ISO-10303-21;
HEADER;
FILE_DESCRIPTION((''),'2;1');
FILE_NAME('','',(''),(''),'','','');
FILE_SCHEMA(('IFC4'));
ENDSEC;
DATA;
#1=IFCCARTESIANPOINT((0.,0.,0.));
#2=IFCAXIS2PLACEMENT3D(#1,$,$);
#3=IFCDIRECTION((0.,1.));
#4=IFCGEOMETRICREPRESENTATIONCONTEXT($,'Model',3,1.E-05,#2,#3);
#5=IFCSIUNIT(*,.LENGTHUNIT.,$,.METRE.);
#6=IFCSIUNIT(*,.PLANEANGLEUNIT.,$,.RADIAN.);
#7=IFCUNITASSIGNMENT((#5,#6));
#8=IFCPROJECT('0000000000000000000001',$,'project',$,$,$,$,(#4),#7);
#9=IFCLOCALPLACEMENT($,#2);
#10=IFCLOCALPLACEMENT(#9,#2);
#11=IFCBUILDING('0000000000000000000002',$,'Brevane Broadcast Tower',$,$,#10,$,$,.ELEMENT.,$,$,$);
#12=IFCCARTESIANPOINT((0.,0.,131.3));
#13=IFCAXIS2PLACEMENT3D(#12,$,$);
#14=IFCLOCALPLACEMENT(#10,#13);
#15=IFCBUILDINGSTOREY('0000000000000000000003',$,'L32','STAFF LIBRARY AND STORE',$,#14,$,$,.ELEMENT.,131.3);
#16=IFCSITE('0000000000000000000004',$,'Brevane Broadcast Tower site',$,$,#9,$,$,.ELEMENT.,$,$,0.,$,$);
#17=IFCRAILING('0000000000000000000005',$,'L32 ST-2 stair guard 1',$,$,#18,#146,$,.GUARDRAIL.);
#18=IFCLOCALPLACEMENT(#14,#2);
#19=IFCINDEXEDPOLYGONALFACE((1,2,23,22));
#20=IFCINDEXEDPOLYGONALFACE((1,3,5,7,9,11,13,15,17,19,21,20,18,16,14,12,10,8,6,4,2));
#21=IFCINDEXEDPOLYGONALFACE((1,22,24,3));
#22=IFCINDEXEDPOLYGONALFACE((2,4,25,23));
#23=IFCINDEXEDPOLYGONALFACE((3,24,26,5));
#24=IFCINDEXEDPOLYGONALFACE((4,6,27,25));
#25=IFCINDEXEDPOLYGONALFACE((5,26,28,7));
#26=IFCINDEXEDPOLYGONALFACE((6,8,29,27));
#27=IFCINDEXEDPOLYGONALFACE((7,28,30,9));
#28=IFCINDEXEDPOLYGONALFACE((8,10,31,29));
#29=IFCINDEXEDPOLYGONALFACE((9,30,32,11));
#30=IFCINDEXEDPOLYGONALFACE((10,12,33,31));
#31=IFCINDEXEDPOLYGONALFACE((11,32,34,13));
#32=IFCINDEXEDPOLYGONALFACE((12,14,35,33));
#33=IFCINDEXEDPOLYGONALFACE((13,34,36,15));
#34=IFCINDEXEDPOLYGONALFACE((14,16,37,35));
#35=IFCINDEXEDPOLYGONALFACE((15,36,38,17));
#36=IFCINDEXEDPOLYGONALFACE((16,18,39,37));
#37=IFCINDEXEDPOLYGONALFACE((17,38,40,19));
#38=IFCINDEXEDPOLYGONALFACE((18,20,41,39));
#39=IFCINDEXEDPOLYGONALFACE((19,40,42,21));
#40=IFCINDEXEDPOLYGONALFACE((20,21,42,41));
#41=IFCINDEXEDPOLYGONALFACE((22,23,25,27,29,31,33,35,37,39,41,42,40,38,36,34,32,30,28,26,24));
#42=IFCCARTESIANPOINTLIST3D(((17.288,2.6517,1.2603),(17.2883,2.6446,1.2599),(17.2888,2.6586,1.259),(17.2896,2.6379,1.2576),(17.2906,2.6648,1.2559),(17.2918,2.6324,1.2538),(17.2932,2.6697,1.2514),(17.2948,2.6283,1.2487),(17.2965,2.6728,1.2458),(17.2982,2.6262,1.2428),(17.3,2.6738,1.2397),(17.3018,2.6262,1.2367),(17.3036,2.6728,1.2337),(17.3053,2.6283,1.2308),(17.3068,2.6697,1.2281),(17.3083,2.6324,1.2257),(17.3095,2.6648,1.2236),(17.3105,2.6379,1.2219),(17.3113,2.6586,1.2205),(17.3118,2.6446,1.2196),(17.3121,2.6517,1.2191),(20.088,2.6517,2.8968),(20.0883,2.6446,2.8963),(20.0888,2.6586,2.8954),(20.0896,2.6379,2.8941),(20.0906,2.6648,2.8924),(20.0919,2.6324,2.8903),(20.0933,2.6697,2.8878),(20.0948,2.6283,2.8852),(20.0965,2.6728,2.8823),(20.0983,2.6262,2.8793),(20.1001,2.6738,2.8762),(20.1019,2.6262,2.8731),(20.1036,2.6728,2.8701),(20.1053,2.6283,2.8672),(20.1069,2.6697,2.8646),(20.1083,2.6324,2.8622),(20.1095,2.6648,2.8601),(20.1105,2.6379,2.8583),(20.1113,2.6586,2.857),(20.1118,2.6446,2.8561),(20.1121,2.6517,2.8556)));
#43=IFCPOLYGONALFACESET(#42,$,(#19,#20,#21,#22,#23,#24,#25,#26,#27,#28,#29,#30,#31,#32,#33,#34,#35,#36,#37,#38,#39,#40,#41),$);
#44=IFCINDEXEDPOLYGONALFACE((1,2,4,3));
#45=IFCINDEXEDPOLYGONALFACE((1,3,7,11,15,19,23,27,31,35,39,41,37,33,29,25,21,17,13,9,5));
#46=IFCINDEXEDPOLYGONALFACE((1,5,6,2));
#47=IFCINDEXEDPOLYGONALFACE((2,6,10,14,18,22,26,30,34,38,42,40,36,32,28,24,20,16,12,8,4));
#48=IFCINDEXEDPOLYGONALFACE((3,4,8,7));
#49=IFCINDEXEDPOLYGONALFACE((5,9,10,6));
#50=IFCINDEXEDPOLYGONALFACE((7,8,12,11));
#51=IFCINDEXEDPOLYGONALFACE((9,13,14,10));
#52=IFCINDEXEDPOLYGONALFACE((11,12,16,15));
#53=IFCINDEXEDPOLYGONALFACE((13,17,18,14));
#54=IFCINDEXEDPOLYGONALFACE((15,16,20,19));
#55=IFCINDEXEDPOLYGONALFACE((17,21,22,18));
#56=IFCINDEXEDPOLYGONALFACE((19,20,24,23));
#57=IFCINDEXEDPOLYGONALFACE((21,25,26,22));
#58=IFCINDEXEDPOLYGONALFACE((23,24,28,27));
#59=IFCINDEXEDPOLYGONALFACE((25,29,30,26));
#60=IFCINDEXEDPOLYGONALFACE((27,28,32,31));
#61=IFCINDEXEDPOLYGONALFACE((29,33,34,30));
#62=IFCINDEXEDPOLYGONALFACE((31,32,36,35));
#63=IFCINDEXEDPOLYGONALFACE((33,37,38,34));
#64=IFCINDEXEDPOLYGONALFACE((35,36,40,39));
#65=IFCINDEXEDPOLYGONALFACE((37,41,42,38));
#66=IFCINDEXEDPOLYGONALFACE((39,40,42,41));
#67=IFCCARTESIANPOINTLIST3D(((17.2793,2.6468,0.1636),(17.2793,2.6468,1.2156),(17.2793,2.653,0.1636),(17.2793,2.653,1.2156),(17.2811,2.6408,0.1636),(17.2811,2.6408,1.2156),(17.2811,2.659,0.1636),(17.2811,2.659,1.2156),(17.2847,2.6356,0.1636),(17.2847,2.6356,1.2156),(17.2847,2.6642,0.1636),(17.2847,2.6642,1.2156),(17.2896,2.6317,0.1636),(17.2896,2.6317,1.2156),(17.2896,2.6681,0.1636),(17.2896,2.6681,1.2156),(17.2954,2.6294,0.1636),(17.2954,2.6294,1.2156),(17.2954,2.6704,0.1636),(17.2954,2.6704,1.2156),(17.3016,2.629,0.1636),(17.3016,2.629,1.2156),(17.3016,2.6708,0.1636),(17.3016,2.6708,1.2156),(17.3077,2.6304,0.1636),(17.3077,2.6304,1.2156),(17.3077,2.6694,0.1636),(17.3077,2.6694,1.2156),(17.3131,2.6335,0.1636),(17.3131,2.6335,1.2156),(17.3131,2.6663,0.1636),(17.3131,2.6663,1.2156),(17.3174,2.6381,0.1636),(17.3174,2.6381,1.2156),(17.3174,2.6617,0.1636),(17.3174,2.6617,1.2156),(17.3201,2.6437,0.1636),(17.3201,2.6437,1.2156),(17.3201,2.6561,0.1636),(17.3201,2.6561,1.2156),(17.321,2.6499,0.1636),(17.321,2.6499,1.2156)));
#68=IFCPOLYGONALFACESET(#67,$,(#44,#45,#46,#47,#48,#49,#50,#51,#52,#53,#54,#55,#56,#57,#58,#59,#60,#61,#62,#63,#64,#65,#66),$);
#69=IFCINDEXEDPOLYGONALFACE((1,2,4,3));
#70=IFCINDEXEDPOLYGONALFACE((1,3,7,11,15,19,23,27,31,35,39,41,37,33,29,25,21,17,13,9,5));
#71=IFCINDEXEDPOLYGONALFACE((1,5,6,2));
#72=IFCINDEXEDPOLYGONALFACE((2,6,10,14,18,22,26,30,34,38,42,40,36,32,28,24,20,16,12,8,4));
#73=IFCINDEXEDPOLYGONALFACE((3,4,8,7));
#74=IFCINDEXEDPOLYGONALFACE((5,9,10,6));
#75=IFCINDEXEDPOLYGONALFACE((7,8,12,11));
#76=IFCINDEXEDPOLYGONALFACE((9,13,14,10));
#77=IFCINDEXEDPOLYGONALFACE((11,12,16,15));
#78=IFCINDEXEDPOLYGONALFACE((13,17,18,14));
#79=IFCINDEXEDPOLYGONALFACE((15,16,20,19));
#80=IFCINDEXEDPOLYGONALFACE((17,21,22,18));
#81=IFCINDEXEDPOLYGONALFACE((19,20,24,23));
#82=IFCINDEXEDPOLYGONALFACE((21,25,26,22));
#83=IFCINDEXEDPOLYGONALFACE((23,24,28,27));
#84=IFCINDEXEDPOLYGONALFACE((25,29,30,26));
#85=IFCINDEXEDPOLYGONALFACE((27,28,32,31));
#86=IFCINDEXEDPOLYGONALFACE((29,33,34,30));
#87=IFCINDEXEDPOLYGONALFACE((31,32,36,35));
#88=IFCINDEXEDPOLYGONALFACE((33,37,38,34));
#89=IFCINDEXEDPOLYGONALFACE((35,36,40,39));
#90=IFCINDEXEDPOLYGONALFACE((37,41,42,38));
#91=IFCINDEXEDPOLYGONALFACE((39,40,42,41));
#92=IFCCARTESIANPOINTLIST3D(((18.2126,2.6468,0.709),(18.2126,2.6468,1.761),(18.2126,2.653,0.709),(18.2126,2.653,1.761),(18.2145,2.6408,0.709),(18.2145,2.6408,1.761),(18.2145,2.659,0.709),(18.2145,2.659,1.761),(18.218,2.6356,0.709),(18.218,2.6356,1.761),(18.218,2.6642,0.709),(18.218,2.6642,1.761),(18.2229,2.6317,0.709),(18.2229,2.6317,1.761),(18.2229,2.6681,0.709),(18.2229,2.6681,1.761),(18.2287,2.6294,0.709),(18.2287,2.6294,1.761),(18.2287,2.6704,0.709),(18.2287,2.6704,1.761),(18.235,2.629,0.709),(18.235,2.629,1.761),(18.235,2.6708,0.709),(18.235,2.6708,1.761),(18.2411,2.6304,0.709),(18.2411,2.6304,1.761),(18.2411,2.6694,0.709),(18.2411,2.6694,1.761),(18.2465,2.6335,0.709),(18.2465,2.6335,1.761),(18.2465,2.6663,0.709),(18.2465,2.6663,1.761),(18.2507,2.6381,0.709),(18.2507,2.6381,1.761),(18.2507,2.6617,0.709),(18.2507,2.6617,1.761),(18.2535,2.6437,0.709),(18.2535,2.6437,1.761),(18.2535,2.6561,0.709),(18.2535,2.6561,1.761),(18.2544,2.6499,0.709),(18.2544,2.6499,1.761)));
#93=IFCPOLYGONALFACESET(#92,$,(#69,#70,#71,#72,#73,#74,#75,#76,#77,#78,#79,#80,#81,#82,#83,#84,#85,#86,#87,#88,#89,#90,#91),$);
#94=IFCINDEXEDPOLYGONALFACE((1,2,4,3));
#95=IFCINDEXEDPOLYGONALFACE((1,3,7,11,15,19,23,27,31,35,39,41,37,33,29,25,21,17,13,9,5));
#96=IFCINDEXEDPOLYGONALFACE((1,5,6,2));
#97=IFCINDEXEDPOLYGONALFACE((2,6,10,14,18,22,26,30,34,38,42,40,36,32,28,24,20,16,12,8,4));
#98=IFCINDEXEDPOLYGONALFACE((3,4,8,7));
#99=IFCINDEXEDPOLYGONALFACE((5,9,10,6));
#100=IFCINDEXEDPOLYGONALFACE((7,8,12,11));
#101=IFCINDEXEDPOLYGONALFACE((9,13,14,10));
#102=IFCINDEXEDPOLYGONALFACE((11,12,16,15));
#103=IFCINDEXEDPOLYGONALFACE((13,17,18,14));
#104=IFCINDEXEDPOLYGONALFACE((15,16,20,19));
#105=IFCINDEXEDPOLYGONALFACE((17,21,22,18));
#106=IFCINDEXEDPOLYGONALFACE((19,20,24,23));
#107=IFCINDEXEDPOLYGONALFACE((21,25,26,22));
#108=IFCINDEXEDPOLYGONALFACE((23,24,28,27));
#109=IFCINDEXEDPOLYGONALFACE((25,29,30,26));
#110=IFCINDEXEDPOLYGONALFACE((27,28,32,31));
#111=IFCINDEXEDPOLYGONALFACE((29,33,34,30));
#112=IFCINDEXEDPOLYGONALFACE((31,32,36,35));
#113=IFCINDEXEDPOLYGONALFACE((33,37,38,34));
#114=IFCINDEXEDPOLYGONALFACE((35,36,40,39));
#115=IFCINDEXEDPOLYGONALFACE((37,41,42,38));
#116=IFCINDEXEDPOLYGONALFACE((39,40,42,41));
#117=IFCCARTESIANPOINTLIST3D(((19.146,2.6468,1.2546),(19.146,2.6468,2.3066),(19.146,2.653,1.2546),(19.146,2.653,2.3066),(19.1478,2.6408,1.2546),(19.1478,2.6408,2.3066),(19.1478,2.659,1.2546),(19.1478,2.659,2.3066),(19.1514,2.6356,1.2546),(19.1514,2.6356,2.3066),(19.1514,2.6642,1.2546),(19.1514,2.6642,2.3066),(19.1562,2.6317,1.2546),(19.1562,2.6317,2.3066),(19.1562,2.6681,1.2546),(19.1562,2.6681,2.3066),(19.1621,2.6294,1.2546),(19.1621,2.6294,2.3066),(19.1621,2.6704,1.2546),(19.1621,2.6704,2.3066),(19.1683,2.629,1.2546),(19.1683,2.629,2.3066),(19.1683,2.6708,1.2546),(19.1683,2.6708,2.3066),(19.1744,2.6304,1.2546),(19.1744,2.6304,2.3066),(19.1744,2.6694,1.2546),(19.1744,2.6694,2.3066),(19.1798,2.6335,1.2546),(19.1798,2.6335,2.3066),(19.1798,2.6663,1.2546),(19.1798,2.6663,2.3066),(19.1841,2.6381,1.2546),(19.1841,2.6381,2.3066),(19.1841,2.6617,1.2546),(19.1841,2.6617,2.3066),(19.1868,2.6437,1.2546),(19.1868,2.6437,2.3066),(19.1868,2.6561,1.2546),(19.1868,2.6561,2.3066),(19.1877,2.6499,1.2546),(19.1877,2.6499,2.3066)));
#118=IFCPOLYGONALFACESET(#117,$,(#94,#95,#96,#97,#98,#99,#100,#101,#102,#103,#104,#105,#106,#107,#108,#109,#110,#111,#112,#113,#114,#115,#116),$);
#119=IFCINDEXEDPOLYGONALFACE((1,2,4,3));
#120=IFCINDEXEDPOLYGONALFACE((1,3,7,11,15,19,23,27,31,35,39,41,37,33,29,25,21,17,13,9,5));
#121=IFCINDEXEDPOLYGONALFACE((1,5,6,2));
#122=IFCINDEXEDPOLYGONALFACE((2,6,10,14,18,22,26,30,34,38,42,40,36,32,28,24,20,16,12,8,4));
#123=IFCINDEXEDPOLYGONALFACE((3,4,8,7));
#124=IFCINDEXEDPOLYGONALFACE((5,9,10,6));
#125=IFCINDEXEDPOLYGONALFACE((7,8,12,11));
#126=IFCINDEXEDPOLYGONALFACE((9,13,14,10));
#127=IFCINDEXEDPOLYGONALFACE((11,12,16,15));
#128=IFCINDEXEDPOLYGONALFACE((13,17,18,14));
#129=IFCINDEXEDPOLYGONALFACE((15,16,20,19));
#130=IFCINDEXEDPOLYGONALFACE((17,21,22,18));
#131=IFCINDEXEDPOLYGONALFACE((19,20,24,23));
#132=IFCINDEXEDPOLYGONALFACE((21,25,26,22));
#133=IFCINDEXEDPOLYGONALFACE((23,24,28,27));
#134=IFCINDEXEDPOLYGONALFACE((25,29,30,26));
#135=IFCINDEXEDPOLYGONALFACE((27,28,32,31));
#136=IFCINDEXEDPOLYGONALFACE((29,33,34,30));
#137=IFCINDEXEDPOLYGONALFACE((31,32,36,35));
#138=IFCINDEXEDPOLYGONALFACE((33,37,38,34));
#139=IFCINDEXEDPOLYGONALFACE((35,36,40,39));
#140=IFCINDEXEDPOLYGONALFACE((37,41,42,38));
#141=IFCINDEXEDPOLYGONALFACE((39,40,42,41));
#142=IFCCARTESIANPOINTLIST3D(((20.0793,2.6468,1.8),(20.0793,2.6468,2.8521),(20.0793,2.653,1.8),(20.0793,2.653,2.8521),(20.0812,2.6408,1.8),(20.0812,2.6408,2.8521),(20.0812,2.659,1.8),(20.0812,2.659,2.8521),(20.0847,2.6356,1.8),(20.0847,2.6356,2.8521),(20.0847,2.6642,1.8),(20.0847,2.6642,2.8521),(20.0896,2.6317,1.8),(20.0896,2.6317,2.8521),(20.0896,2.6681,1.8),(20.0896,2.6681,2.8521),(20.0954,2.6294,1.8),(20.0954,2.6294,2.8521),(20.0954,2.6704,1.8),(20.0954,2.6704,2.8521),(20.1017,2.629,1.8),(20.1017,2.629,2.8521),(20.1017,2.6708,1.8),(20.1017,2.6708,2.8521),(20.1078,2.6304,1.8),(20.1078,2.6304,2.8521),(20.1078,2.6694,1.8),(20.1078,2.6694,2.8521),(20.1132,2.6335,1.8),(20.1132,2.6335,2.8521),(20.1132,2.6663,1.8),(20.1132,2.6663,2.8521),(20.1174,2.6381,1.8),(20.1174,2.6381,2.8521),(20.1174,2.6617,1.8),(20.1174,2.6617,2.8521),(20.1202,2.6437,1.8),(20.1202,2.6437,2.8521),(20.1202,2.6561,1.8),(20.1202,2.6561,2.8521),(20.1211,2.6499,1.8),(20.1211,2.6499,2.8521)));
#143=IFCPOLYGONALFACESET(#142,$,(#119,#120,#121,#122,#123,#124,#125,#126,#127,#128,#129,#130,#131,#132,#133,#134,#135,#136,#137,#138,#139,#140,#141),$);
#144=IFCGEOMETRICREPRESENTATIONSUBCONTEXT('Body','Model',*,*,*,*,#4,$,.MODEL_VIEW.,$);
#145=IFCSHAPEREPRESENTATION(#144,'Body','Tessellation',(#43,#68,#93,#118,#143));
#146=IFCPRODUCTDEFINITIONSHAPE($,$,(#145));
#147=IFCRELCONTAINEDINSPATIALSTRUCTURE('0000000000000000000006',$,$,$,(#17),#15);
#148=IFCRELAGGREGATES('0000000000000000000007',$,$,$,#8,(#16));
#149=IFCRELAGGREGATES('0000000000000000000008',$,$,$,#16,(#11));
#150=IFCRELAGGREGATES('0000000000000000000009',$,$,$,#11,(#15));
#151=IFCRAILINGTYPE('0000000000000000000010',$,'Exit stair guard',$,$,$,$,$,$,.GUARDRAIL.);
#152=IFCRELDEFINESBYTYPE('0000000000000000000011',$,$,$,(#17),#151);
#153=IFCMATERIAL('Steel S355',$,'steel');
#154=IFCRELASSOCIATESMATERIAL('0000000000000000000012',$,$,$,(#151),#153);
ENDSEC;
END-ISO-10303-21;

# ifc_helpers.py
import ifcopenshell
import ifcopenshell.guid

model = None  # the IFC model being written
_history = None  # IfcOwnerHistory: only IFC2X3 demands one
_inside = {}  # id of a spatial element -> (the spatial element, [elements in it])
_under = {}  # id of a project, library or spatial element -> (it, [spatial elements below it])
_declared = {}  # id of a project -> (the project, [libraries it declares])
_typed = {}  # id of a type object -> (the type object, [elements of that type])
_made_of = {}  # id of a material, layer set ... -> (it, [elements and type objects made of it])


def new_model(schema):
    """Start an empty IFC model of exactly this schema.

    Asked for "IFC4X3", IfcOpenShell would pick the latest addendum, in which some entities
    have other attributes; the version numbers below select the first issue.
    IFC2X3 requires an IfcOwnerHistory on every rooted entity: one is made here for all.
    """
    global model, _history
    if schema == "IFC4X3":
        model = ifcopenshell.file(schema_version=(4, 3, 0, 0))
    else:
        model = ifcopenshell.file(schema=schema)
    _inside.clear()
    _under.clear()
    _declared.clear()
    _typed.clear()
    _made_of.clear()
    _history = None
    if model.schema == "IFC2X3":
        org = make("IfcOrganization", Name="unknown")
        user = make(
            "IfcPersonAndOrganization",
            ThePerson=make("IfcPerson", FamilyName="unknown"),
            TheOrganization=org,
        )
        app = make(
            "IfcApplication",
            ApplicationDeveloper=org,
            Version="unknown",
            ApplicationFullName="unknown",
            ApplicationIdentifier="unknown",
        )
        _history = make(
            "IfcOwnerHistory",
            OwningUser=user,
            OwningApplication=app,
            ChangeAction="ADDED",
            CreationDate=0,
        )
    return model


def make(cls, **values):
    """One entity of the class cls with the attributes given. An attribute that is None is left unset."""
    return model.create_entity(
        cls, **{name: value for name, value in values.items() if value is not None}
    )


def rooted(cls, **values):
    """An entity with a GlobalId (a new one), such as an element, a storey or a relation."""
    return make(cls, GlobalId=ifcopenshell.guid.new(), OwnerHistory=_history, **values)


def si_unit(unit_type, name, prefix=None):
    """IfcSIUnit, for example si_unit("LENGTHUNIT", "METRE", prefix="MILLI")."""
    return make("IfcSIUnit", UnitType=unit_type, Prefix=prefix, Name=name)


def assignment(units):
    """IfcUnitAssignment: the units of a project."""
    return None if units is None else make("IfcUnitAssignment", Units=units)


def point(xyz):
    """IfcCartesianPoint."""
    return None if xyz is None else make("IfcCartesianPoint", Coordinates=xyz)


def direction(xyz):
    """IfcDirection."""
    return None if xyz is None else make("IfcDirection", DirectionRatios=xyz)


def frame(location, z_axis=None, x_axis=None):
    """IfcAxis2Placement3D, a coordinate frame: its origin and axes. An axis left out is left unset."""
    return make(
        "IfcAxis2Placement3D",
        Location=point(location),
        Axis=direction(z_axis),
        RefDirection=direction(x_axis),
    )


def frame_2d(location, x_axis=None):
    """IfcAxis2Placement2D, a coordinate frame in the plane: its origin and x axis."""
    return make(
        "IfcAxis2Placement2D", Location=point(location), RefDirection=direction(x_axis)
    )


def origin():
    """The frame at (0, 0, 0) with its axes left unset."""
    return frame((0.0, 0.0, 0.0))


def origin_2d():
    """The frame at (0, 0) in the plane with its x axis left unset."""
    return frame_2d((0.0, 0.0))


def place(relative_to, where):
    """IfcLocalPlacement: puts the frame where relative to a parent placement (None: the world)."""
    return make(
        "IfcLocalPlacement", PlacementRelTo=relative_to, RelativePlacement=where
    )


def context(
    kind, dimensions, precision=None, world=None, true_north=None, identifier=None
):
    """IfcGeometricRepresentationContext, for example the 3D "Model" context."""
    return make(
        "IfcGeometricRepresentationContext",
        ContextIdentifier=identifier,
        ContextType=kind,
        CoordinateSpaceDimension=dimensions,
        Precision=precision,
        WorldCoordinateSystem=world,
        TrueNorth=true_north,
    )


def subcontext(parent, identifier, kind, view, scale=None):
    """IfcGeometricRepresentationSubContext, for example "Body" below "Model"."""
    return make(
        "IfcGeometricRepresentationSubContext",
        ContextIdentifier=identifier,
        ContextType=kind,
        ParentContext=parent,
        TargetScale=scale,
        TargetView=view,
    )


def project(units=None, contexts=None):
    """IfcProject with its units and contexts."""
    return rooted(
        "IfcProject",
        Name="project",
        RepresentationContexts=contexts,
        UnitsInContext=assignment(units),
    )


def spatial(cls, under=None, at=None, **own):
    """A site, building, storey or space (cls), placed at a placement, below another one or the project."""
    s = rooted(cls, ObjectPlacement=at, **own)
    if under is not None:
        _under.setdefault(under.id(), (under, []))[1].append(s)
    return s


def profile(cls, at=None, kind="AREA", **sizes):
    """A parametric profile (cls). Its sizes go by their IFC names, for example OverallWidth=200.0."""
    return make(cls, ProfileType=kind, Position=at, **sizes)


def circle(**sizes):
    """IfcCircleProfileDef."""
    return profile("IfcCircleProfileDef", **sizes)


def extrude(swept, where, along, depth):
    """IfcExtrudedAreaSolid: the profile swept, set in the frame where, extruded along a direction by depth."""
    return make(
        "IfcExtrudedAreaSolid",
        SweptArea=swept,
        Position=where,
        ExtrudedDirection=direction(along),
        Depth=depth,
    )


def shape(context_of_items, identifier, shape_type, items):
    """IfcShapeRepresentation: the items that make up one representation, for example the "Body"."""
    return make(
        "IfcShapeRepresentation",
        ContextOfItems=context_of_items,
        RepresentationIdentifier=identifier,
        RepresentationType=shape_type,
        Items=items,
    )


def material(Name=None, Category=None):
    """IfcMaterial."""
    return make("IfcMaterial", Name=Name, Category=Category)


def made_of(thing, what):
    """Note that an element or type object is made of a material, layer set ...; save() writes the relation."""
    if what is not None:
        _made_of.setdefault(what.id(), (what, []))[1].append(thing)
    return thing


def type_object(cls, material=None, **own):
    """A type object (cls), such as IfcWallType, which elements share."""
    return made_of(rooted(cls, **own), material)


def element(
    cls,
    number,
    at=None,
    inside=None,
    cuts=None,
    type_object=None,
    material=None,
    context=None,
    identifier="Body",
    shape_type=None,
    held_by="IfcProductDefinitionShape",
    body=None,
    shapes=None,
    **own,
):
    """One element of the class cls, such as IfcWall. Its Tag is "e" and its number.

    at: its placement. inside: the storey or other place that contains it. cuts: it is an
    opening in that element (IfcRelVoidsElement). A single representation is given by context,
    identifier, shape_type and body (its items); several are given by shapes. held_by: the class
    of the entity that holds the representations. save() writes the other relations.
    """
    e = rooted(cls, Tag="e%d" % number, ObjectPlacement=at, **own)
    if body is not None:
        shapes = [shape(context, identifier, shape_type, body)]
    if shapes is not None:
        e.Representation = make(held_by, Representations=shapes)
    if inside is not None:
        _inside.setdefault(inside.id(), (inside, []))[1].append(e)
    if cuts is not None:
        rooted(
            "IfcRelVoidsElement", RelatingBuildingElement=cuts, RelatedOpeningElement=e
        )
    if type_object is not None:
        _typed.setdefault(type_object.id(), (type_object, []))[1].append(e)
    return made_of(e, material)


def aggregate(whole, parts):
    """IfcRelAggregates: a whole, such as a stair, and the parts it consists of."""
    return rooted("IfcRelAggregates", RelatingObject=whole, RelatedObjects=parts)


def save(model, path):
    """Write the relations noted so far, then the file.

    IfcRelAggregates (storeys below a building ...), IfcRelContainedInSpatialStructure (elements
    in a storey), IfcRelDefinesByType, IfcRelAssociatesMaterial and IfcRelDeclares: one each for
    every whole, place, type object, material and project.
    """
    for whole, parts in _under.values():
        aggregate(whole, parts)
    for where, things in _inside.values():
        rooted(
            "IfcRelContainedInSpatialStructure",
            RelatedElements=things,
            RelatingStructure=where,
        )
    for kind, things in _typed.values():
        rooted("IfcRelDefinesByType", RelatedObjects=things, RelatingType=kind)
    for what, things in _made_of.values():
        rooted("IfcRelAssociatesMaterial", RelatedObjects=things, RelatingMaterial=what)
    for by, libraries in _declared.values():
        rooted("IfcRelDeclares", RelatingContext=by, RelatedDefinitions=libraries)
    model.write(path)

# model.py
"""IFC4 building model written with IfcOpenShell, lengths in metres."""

from ifc_helpers import new_model, si_unit, direction, frame, origin, origin_2d, place, context, subcontext, project, spatial, circle, extrude, material, type_object, element, save


model = new_model("IFC4")

# Units and contexts
model_context = context("Model", 3, precision=1e-05, world=origin(), true_north=direction((0.0, 1.0)))
body_context = subcontext(model_context, "Body", "Model", "MODEL_VIEW")
ifc_project = project(units=[si_unit("LENGTHUNIT", "METRE"), si_unit("PLANEANGLEUNIT", "RADIAN")], contexts=[model_context])

# Site, building, storey
site_placement = place(None, origin())
site = spatial("IfcSite", under=ifc_project, at=site_placement, Name="Brevane Broadcast Tower site", CompositionType="ELEMENT", RefElevation=0.0)
building_placement = place(site_placement, origin())
building = spatial("IfcBuilding", under=site, at=building_placement, Name="Brevane Broadcast Tower", CompositionType="ELEMENT")
storey_placement = place(building_placement, frame((0.0, 0.0, 131.3)))
storey = spatial("IfcBuildingStorey", under=building, at=storey_placement, Name="L32", Description="STAFF LIBRARY AND STORE", CompositionType="ELEMENT", Elevation=131.3)

# Railing
ifc_material_1 = material(Name="Steel S355", Category="steel")
railing_type_1 = type_object("IfcRailingType", Name="Exit stair guard", PredefinedType="GUARDRAIL", material=ifc_material_1)
railing_1_placement = place(storey_placement, frame((17.3, 2.6499, 0.1636)))
element("IfcRailing", 1, at=railing_1_placement, inside=storey, type_object=railing_type_1, Name="L32 ST-2 stair guard 1", PredefinedType="GUARDRAIL", context=body_context, shape_type="SweptSolid", body=[
    extrude(circle(Radius=0.0239, at=origin_2d()), frame((0.0, 0.0, 1.0762), z_axis=(0.863361, 0.0, 0.504587), x_axis=(0.0, 1.0, 0.0)), (0.0, 0.0, 1.0), 3.2432),
    extrude(circle(Radius=0.021, at=origin_2d()), origin(), (0.0, 0.0, 1.0), 1.052),
    extrude(circle(Radius=0.021, at=origin_2d()), frame((0.9333, 0.0, 0.5454)), (0.0, 0.0, 1.0), 1.052),
    extrude(circle(Radius=0.021, at=origin_2d()), frame((1.8667, 0.0, 1.0911)), (0.0, 0.0, 1.0), 1.052),
    extrude(circle(Radius=0.021, at=origin_2d()), frame((2.8, 0.0, 1.6365)), (0.0, 0.0, 1.0), 1.052),
])

save(model, "model.ifc")
